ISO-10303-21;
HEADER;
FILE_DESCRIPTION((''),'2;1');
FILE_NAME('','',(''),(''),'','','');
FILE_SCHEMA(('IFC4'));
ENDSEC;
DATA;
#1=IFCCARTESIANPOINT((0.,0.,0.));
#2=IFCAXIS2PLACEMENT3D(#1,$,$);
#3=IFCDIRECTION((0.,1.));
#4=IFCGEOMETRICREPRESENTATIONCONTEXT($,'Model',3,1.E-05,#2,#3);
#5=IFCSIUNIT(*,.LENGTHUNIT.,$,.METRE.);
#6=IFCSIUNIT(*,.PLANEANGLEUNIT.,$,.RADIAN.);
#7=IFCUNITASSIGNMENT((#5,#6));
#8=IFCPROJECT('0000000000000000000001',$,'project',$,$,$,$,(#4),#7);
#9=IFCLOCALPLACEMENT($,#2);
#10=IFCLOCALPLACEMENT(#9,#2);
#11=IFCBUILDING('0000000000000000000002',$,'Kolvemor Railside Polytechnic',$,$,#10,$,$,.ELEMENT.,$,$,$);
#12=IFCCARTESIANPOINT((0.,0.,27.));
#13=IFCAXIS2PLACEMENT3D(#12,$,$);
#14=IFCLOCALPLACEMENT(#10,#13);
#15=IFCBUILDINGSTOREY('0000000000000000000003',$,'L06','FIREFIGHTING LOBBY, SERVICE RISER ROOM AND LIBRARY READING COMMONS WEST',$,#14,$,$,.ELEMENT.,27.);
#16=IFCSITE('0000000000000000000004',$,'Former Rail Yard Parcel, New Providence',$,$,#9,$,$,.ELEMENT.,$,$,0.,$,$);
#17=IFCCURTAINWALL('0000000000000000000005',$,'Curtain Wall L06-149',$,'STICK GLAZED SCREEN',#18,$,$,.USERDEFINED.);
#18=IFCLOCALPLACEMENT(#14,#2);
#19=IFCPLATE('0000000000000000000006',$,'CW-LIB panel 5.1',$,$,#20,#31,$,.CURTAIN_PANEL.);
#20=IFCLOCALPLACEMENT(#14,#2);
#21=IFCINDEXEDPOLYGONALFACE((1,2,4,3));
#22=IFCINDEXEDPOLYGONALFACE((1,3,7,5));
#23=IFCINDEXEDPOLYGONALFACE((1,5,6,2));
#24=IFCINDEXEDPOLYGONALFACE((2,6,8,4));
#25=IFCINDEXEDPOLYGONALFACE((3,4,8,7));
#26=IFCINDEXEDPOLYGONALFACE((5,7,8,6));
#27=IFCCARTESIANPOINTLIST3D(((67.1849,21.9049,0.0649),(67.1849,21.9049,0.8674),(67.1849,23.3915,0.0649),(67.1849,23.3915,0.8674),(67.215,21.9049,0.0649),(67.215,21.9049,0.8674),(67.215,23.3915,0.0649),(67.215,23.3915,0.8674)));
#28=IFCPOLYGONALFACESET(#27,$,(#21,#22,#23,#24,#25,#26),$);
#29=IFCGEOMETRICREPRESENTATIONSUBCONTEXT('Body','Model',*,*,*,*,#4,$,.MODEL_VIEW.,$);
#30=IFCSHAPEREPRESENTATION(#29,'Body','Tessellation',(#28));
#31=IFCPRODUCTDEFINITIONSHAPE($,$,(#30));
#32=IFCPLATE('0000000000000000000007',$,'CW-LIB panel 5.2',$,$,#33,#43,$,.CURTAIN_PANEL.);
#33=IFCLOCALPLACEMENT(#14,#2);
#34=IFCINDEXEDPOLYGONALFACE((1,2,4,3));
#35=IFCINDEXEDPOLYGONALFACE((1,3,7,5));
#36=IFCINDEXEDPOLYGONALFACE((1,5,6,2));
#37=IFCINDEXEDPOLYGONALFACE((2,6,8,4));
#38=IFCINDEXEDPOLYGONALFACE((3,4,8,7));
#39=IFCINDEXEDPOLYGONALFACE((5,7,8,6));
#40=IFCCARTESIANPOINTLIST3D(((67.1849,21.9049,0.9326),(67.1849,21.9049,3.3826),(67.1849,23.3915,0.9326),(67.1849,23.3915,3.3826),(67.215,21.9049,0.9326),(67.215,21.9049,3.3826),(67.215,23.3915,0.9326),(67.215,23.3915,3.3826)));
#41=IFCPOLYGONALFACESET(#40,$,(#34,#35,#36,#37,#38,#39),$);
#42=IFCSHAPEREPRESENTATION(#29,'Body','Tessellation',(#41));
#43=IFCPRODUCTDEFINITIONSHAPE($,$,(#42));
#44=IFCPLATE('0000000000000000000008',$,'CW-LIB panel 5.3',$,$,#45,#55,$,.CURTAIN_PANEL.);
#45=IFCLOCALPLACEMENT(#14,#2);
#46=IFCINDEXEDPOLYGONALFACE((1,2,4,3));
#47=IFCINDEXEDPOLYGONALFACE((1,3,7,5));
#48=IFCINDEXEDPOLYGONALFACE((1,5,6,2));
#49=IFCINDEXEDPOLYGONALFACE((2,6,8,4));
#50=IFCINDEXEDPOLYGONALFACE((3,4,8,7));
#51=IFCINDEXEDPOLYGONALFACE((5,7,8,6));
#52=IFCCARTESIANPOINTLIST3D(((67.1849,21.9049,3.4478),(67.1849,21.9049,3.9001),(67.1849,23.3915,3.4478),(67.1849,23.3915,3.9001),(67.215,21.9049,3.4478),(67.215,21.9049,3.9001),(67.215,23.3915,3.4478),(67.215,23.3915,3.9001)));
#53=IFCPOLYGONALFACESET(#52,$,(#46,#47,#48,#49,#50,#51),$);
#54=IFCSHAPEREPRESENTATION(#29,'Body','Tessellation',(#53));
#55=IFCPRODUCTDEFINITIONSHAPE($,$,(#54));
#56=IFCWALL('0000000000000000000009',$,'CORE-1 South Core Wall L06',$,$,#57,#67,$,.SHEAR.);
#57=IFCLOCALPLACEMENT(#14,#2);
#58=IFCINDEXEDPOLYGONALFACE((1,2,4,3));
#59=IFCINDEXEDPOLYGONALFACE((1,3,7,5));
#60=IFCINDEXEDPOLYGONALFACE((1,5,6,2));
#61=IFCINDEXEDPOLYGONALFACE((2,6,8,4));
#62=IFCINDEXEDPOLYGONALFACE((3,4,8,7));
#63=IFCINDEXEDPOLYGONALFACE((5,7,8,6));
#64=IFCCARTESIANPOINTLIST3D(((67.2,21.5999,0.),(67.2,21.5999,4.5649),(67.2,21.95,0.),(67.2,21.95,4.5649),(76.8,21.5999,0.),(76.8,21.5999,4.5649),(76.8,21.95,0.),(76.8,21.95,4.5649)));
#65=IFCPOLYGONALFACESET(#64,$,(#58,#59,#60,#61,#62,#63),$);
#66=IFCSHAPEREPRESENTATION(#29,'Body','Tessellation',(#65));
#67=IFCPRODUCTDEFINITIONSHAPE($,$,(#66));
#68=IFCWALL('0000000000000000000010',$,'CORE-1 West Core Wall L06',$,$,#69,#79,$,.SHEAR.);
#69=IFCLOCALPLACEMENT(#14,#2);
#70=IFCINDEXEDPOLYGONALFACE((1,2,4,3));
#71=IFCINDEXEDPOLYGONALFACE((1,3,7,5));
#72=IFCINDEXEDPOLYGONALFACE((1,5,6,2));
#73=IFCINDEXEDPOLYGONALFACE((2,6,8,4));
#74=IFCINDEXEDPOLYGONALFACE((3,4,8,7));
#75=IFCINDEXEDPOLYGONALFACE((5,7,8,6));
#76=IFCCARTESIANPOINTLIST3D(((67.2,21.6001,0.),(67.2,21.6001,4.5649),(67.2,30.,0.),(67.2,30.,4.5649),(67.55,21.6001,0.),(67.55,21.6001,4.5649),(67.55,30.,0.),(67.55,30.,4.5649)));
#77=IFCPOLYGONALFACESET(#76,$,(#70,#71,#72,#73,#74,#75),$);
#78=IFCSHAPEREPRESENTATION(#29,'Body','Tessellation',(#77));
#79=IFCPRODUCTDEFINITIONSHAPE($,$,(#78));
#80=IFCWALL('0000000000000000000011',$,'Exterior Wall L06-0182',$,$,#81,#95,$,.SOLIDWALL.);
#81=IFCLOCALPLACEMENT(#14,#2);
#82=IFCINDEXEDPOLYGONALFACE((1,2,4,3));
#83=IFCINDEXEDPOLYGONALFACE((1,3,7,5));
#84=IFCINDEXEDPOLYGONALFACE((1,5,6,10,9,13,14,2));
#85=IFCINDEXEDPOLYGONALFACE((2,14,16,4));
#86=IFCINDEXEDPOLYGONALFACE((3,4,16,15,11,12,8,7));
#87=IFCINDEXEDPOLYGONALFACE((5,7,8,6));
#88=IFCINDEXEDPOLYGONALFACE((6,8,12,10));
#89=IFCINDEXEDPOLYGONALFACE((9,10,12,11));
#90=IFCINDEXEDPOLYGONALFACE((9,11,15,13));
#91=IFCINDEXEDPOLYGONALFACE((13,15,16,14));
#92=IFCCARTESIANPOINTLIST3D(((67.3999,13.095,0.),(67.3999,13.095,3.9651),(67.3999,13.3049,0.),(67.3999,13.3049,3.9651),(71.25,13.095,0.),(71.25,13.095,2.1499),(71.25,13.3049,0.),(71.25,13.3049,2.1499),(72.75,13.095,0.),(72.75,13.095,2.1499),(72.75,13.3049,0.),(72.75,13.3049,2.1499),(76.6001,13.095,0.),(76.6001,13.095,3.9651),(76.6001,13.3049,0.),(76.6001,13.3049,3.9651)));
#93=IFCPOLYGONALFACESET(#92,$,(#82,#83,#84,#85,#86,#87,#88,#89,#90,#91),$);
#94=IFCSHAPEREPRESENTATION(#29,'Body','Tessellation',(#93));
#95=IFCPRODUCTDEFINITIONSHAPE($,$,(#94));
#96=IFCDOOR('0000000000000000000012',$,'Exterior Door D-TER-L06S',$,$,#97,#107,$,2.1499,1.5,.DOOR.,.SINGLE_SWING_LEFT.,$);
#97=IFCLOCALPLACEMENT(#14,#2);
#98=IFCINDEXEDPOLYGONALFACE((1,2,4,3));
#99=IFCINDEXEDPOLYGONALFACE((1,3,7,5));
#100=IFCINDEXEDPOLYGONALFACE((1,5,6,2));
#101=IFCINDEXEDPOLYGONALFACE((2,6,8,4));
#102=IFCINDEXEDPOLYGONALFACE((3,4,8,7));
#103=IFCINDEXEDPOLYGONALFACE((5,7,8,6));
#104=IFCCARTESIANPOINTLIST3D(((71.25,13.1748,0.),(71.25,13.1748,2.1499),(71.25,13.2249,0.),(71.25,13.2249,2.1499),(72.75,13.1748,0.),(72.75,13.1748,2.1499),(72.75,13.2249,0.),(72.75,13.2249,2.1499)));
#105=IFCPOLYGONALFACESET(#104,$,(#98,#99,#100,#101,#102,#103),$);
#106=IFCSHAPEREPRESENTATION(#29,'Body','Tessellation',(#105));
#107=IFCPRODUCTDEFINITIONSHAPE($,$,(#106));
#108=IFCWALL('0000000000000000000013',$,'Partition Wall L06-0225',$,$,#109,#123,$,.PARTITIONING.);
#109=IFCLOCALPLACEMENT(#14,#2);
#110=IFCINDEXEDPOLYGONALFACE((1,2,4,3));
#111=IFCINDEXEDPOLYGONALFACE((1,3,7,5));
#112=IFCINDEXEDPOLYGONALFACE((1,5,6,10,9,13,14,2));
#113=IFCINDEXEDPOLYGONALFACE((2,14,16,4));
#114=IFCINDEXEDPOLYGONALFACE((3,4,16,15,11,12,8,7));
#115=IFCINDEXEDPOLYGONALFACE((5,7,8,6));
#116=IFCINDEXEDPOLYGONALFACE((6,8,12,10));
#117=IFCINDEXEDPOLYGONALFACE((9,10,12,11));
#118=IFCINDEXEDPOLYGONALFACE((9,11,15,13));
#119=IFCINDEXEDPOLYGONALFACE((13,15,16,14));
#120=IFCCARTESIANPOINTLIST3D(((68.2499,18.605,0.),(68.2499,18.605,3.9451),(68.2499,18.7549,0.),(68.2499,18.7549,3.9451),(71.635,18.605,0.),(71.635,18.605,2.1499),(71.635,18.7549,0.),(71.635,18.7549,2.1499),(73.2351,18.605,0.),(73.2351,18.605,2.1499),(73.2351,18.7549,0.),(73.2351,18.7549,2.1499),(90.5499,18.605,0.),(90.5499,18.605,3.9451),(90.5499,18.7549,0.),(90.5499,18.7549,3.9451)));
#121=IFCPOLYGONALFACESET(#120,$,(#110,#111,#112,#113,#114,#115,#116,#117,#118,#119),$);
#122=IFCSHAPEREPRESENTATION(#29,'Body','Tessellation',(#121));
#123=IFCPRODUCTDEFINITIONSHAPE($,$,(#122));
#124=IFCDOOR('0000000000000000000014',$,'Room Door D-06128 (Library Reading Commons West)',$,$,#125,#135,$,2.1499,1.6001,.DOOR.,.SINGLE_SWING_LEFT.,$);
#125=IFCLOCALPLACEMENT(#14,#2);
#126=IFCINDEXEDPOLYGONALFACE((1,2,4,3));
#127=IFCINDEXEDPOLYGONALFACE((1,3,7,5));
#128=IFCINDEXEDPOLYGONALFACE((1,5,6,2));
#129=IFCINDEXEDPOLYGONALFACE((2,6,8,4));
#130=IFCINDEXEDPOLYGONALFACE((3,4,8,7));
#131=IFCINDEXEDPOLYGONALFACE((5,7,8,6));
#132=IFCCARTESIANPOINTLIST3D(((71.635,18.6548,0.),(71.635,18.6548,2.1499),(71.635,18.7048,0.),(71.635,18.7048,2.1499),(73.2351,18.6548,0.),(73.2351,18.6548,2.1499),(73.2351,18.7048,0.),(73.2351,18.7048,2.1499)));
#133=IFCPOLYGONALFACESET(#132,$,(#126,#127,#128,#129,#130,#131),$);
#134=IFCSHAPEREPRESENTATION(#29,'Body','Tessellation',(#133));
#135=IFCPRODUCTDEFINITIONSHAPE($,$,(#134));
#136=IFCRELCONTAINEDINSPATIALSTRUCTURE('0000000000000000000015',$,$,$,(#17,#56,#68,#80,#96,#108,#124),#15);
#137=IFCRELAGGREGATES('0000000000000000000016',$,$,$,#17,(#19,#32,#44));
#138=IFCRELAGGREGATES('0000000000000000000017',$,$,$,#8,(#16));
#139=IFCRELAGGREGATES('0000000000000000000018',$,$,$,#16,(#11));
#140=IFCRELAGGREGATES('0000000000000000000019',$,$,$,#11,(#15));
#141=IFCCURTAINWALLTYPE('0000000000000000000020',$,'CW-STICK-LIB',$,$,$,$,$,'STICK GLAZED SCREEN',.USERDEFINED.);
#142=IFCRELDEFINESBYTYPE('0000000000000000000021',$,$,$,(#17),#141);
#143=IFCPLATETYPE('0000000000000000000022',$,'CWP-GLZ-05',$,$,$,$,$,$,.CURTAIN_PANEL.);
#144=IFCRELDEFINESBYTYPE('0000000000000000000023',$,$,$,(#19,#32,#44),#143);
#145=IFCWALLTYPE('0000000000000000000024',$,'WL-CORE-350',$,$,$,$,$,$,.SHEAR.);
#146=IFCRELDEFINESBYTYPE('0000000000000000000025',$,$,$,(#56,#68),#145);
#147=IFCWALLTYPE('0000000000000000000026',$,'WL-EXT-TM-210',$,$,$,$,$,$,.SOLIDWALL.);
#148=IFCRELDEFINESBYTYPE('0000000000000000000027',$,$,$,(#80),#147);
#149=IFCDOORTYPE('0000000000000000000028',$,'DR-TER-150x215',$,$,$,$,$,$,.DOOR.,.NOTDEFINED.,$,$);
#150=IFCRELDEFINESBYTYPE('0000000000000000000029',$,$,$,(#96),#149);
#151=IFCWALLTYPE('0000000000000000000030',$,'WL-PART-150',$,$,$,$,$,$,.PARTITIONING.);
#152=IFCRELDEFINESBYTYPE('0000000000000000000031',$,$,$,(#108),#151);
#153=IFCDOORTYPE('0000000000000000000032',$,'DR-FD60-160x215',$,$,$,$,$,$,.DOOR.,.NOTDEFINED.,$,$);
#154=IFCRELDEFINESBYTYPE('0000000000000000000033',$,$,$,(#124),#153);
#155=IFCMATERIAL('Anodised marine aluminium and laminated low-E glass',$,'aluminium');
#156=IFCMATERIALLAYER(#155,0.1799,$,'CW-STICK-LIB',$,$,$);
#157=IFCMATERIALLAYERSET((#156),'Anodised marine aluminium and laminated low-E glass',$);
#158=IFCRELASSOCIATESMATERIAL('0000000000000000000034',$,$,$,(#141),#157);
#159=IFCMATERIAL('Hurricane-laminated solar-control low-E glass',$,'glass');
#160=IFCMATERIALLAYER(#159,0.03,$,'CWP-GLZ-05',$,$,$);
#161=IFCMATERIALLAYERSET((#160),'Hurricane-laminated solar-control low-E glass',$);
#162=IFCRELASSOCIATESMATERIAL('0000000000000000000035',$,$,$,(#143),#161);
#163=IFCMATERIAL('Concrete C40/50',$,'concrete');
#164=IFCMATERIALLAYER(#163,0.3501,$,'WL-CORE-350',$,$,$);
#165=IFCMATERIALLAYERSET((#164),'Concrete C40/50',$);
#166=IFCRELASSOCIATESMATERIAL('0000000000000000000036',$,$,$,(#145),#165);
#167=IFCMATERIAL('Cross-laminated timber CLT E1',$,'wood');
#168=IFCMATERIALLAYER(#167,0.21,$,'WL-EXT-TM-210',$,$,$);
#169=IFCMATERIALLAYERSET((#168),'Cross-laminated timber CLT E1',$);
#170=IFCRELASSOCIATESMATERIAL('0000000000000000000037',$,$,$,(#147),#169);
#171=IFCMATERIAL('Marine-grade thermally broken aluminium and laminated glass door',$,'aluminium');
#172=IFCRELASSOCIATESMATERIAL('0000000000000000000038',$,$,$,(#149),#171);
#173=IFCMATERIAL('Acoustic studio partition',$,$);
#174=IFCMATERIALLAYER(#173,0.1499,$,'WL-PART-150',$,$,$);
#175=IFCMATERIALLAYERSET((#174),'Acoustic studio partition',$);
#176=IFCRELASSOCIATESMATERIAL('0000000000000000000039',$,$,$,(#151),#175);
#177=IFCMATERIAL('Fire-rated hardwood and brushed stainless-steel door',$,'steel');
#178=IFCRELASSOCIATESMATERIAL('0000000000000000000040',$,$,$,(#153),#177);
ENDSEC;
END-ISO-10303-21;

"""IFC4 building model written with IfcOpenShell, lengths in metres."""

from ifc_helpers import new_model, si_unit, direction, frame, frame_2d, origin, origin_2d, place, context, subcontext, project, spatial, rectangle, extrude, material, layer, layer_set, type_object, element, fill, aggregate, save


model = new_model("IFC4")

# Units and contexts
model_context = context("Model", 3, precision=1e-05, world=origin(), true_north=direction((0.0, 1.0)))
body_context = subcontext(model_context, "Body", "Model", "MODEL_VIEW")
ifc_project = project(units=[si_unit("LENGTHUNIT", "METRE"), si_unit("PLANEANGLEUNIT", "RADIAN")], contexts=[model_context])

# Site, building, storey
site_placement = place(None, origin())
site = spatial("IfcSite", under=ifc_project, at=site_placement, Name="Former Rail Yard Parcel, New Providence", CompositionType="ELEMENT", RefElevation=0.0)
building_placement = place(site_placement, origin())
building = spatial("IfcBuilding", under=site, at=building_placement, Name="Kolvemor Railside Polytechnic", CompositionType="ELEMENT")
storey_placement = place(building_placement, frame((0.0, 0.0, 27.0)))
storey = spatial("IfcBuildingStorey", under=building, at=storey_placement, Name="L06", Description="FIREFIGHTING LOBBY, SERVICE RISER ROOM AND LIBRARY READING COMMONS WEST", CompositionType="ELEMENT", Elevation=27.0)

# Curtain wall, plates
ifc_material_1 = material(Name="Anodised marine aluminium and laminated low-E glass", Category="aluminium")
ifc_layer_1 = layer(ifc_material_1, 0.1799, Name="CW-STICK-LIB")
ifc_layer_set_1 = layer_set([ifc_layer_1], Name="Anodised marine aluminium and laminated low-E glass")
curtain_wall_type = type_object("IfcCurtainWallType", Name="CW-STICK-LIB", ElementType="STICK GLAZED SCREEN", PredefinedType="USERDEFINED", material=ifc_layer_set_1)
curtain_wall_placement = place(storey_placement, origin())
curtain_wall = element("IfcCurtainWall", 1, at=curtain_wall_placement, inside=storey, type_object=curtain_wall_type, Name="Curtain Wall L06-149", ObjectType="STICK GLAZED SCREEN", PredefinedType="USERDEFINED")
ifc_material_2 = material(Name="Hurricane-laminated solar-control low-E glass", Category="glass")
ifc_layer_2 = layer(ifc_material_2, 0.03, Name="CWP-GLZ-05")
ifc_layer_set_2 = layer_set([ifc_layer_2], Name="Hurricane-laminated solar-control low-E glass")
plate_type = type_object("IfcPlateType", Name="CWP-GLZ-05", PredefinedType="CURTAIN_PANEL", material=ifc_layer_set_2)
plate_1_placement = place(storey_placement, frame((67.2, 22.6482, 0.0649), z_axis=(0.0, 0.0, 1.0), x_axis=(0.0, -1.0, 0.0)))
plate_1 = element("IfcPlate", 2, at=plate_1_placement, type_object=plate_type, Name="CW-LIB panel 5.1", PredefinedType="CURTAIN_PANEL", context=body_context, shape_type="SweptSolid", body=[
    extrude(rectangle(XDim=1.4866, YDim=0.03, at=origin_2d()), origin(), (0.0, 0.0, 1.0), 0.8025),
])
plate_2_placement = place(storey_placement, frame((67.2, 22.6482, 0.9326), z_axis=(0.0, 0.0, 1.0), x_axis=(0.0, -1.0, 0.0)))
plate_2 = element("IfcPlate", 3, at=plate_2_placement, type_object=plate_type, Name="CW-LIB panel 5.2", PredefinedType="CURTAIN_PANEL", context=body_context, shape_type="SweptSolid", body=[
    extrude(rectangle(XDim=1.4866, YDim=0.03, at=origin_2d()), origin(), (0.0, 0.0, 1.0), 2.45),
])
plate_3_placement = place(storey_placement, frame((67.2, 22.6482, 3.4478), z_axis=(0.0, 0.0, 1.0), x_axis=(0.0, -1.0, 0.0)))
plate_3 = element("IfcPlate", 4, at=plate_3_placement, type_object=plate_type, Name="CW-LIB panel 5.3", PredefinedType="CURTAIN_PANEL", context=body_context, shape_type="SweptSolid", body=[
    extrude(rectangle(XDim=1.4866, YDim=0.03, at=origin_2d()), origin(), (0.0, 0.0, 1.0), 0.4524),
])
aggregate(curtain_wall, [plate_1, plate_2, plate_3])

# Walls
ifc_material_3 = material(Name="Concrete C40/50", Category="concrete")
ifc_layer_3 = layer(ifc_material_3, 0.3501, Name="WL-CORE-350")
ifc_layer_set_3 = layer_set([ifc_layer_3], Name="Concrete C40/50")
wall_type_1 = type_object("IfcWallType", Name="WL-CORE-350", PredefinedType="SHEAR", material=ifc_layer_set_3)
wall_1_placement = place(storey_placement, frame((67.2, 21.7749, 0.0), z_axis=(0.0, 0.0, 1.0), x_axis=(1.0, 0.0, 0.0)))
element("IfcWall", 5, at=wall_1_placement, inside=storey, type_object=wall_type_1, Name="CORE-1 South Core Wall L06", PredefinedType="SHEAR", context=body_context, shape_type="SweptSolid", body=[
    extrude(rectangle(XDim=9.6001, YDim=0.3501, at=frame_2d((4.8, 0.0))), origin(), (0.0, 0.0, 1.0), 4.5649),
])
wall_2_placement = place(storey_placement, frame((67.375, 21.6001, 0.0), z_axis=(0.0, 0.0, 1.0), x_axis=(0.0, 1.0, 0.0)))
element("IfcWall", 6, at=wall_2_placement, inside=storey, type_object=wall_type_1, Name="CORE-1 West Core Wall L06", PredefinedType="SHEAR", context=body_context, shape_type="SweptSolid", body=[
    extrude(rectangle(XDim=8.3999, YDim=0.3501, at=frame_2d((4.2, 0.0))), origin(), (0.0, 0.0, 1.0), 4.5649),
])

# Walls, openings, doors
ifc_material_4 = material(Name="Cross-laminated timber CLT E1", Category="wood")
ifc_layer_4 = layer(ifc_material_4, 0.21, Name="WL-EXT-TM-210")
ifc_layer_set_4 = layer_set([ifc_layer_4], Name="Cross-laminated timber CLT E1")
wall_type_2 = type_object("IfcWallType", Name="WL-EXT-TM-210", PredefinedType="SOLIDWALL", material=ifc_layer_set_4)
wall_3_placement = place(storey_placement, frame((67.3999, 13.2, 0.0), z_axis=(0.0, 0.0, 1.0), x_axis=(1.0, 0.0, 0.0)))
wall_3 = element("IfcWall", 7, at=wall_3_placement, inside=storey, type_object=wall_type_2, Name="Exterior Wall L06-0182", PredefinedType="SOLIDWALL", context=body_context, shape_type="SweptSolid", body=[
    extrude(rectangle(XDim=9.2002, YDim=0.21, at=frame_2d((4.6001, 0.0))), origin(), (0.0, 0.0, 1.0), 3.9651),
])
opening_1_placement = place(wall_3_placement, frame((3.8501, 0.0, 0.0)))
opening_1 = element("IfcOpeningElement", 8, at=opening_1_placement, cuts=wall_3, PredefinedType="OPENING", context=body_context, shape_type="SweptSolid", body=[
    extrude(rectangle(XDim=1.5, YDim=2.1499, at=frame_2d((0.75, 1.075))), frame((0.0, 0.115, 0.0), z_axis=(0.0, -1.0, 0.0), x_axis=(1.0, 0.0, 0.0)), (0.0, 0.0, 1.0), 0.23),
])
ifc_material_5 = material(Name="Marine-grade thermally broken aluminium and laminated glass door", Category="aluminium")
door_type_1 = type_object("IfcDoorType", Name="DR-TER-150x215", OperationType="NOTDEFINED", PredefinedType="DOOR", material=ifc_material_5)
door_1_placement = place(opening_1_placement, origin())
door_1 = element("IfcDoor", 9, at=door_1_placement, inside=storey, type_object=door_type_1, Name="Exterior Door D-TER-L06S", OperationType="SINGLE_SWING_LEFT", OverallHeight=2.1499, OverallWidth=1.5, PredefinedType="DOOR", context=body_context, shape_type="SweptSolid", body=[
    extrude(rectangle(XDim=1.5, YDim=2.1499, at=frame_2d((0.75, 1.075))), frame((0.0, 0.0249, 0.0), z_axis=(0.0, -1.0, 0.0), x_axis=(1.0, 0.0, 0.0)), (0.0, 0.0, 1.0), 0.05),
])
fill(opening_1, door_1)
ifc_material_6 = material(Name="Acoustic studio partition")
ifc_layer_5 = layer(ifc_material_6, 0.1499, Name="WL-PART-150")
ifc_layer_set_5 = layer_set([ifc_layer_5], Name="Acoustic studio partition")
wall_type_3 = type_object("IfcWallType", Name="WL-PART-150", PredefinedType="PARTITIONING", material=ifc_layer_set_5)
wall_4_placement = place(storey_placement, frame((68.25, 18.6799, 0.0), z_axis=(0.0, 0.0, 1.0), x_axis=(1.0, 0.0, 0.0)))
wall_4 = element("IfcWall", 10, at=wall_4_placement, inside=storey, type_object=wall_type_3, Name="Partition Wall L06-0225", PredefinedType="PARTITIONING", context=body_context, shape_type="SweptSolid", body=[
    extrude(rectangle(XDim=22.3, YDim=0.1499, at=frame_2d((11.1499, 0.0))), origin(), (0.0, 0.0, 1.0), 3.9451),
])
opening_2_placement = place(wall_4_placement, frame((3.385, 0.0, 0.0)))
opening_2 = element("IfcOpeningElement", 11, at=opening_2_placement, cuts=wall_4, PredefinedType="OPENING", context=body_context, shape_type="SweptSolid", body=[
    extrude(rectangle(XDim=1.6001, YDim=2.1499, at=frame_2d((0.8, 1.075))), frame((0.0, 0.085, 0.0), z_axis=(0.0, -1.0, 0.0), x_axis=(1.0, 0.0, 0.0)), (0.0, 0.0, 1.0), 0.1699),
])
ifc_material_7 = material(Name="Fire-rated hardwood and brushed stainless-steel door", Category="steel")
door_type_2 = type_object("IfcDoorType", Name="DR-FD60-160x215", OperationType="NOTDEFINED", PredefinedType="DOOR", material=ifc_material_7)
door_2_placement = place(opening_2_placement, origin())
door_2 = element("IfcDoor", 12, at=door_2_placement, inside=storey, type_object=door_type_2, Name="Room Door D-06128 (Library Reading Commons West)", OperationType="SINGLE_SWING_LEFT", OverallHeight=2.1499, OverallWidth=1.6001, PredefinedType="DOOR", context=body_context, shape_type="SweptSolid", body=[
    extrude(rectangle(XDim=1.6001, YDim=2.1499, at=frame_2d((0.8, 1.075))), frame((0.0, 0.0249, 0.0), z_axis=(0.0, -1.0, 0.0), x_axis=(1.0, 0.0, 0.0)), (0.0, 0.0, 1.0), 0.05),
])
fill(opening_2, door_2)

save(model, "model.ifc")
